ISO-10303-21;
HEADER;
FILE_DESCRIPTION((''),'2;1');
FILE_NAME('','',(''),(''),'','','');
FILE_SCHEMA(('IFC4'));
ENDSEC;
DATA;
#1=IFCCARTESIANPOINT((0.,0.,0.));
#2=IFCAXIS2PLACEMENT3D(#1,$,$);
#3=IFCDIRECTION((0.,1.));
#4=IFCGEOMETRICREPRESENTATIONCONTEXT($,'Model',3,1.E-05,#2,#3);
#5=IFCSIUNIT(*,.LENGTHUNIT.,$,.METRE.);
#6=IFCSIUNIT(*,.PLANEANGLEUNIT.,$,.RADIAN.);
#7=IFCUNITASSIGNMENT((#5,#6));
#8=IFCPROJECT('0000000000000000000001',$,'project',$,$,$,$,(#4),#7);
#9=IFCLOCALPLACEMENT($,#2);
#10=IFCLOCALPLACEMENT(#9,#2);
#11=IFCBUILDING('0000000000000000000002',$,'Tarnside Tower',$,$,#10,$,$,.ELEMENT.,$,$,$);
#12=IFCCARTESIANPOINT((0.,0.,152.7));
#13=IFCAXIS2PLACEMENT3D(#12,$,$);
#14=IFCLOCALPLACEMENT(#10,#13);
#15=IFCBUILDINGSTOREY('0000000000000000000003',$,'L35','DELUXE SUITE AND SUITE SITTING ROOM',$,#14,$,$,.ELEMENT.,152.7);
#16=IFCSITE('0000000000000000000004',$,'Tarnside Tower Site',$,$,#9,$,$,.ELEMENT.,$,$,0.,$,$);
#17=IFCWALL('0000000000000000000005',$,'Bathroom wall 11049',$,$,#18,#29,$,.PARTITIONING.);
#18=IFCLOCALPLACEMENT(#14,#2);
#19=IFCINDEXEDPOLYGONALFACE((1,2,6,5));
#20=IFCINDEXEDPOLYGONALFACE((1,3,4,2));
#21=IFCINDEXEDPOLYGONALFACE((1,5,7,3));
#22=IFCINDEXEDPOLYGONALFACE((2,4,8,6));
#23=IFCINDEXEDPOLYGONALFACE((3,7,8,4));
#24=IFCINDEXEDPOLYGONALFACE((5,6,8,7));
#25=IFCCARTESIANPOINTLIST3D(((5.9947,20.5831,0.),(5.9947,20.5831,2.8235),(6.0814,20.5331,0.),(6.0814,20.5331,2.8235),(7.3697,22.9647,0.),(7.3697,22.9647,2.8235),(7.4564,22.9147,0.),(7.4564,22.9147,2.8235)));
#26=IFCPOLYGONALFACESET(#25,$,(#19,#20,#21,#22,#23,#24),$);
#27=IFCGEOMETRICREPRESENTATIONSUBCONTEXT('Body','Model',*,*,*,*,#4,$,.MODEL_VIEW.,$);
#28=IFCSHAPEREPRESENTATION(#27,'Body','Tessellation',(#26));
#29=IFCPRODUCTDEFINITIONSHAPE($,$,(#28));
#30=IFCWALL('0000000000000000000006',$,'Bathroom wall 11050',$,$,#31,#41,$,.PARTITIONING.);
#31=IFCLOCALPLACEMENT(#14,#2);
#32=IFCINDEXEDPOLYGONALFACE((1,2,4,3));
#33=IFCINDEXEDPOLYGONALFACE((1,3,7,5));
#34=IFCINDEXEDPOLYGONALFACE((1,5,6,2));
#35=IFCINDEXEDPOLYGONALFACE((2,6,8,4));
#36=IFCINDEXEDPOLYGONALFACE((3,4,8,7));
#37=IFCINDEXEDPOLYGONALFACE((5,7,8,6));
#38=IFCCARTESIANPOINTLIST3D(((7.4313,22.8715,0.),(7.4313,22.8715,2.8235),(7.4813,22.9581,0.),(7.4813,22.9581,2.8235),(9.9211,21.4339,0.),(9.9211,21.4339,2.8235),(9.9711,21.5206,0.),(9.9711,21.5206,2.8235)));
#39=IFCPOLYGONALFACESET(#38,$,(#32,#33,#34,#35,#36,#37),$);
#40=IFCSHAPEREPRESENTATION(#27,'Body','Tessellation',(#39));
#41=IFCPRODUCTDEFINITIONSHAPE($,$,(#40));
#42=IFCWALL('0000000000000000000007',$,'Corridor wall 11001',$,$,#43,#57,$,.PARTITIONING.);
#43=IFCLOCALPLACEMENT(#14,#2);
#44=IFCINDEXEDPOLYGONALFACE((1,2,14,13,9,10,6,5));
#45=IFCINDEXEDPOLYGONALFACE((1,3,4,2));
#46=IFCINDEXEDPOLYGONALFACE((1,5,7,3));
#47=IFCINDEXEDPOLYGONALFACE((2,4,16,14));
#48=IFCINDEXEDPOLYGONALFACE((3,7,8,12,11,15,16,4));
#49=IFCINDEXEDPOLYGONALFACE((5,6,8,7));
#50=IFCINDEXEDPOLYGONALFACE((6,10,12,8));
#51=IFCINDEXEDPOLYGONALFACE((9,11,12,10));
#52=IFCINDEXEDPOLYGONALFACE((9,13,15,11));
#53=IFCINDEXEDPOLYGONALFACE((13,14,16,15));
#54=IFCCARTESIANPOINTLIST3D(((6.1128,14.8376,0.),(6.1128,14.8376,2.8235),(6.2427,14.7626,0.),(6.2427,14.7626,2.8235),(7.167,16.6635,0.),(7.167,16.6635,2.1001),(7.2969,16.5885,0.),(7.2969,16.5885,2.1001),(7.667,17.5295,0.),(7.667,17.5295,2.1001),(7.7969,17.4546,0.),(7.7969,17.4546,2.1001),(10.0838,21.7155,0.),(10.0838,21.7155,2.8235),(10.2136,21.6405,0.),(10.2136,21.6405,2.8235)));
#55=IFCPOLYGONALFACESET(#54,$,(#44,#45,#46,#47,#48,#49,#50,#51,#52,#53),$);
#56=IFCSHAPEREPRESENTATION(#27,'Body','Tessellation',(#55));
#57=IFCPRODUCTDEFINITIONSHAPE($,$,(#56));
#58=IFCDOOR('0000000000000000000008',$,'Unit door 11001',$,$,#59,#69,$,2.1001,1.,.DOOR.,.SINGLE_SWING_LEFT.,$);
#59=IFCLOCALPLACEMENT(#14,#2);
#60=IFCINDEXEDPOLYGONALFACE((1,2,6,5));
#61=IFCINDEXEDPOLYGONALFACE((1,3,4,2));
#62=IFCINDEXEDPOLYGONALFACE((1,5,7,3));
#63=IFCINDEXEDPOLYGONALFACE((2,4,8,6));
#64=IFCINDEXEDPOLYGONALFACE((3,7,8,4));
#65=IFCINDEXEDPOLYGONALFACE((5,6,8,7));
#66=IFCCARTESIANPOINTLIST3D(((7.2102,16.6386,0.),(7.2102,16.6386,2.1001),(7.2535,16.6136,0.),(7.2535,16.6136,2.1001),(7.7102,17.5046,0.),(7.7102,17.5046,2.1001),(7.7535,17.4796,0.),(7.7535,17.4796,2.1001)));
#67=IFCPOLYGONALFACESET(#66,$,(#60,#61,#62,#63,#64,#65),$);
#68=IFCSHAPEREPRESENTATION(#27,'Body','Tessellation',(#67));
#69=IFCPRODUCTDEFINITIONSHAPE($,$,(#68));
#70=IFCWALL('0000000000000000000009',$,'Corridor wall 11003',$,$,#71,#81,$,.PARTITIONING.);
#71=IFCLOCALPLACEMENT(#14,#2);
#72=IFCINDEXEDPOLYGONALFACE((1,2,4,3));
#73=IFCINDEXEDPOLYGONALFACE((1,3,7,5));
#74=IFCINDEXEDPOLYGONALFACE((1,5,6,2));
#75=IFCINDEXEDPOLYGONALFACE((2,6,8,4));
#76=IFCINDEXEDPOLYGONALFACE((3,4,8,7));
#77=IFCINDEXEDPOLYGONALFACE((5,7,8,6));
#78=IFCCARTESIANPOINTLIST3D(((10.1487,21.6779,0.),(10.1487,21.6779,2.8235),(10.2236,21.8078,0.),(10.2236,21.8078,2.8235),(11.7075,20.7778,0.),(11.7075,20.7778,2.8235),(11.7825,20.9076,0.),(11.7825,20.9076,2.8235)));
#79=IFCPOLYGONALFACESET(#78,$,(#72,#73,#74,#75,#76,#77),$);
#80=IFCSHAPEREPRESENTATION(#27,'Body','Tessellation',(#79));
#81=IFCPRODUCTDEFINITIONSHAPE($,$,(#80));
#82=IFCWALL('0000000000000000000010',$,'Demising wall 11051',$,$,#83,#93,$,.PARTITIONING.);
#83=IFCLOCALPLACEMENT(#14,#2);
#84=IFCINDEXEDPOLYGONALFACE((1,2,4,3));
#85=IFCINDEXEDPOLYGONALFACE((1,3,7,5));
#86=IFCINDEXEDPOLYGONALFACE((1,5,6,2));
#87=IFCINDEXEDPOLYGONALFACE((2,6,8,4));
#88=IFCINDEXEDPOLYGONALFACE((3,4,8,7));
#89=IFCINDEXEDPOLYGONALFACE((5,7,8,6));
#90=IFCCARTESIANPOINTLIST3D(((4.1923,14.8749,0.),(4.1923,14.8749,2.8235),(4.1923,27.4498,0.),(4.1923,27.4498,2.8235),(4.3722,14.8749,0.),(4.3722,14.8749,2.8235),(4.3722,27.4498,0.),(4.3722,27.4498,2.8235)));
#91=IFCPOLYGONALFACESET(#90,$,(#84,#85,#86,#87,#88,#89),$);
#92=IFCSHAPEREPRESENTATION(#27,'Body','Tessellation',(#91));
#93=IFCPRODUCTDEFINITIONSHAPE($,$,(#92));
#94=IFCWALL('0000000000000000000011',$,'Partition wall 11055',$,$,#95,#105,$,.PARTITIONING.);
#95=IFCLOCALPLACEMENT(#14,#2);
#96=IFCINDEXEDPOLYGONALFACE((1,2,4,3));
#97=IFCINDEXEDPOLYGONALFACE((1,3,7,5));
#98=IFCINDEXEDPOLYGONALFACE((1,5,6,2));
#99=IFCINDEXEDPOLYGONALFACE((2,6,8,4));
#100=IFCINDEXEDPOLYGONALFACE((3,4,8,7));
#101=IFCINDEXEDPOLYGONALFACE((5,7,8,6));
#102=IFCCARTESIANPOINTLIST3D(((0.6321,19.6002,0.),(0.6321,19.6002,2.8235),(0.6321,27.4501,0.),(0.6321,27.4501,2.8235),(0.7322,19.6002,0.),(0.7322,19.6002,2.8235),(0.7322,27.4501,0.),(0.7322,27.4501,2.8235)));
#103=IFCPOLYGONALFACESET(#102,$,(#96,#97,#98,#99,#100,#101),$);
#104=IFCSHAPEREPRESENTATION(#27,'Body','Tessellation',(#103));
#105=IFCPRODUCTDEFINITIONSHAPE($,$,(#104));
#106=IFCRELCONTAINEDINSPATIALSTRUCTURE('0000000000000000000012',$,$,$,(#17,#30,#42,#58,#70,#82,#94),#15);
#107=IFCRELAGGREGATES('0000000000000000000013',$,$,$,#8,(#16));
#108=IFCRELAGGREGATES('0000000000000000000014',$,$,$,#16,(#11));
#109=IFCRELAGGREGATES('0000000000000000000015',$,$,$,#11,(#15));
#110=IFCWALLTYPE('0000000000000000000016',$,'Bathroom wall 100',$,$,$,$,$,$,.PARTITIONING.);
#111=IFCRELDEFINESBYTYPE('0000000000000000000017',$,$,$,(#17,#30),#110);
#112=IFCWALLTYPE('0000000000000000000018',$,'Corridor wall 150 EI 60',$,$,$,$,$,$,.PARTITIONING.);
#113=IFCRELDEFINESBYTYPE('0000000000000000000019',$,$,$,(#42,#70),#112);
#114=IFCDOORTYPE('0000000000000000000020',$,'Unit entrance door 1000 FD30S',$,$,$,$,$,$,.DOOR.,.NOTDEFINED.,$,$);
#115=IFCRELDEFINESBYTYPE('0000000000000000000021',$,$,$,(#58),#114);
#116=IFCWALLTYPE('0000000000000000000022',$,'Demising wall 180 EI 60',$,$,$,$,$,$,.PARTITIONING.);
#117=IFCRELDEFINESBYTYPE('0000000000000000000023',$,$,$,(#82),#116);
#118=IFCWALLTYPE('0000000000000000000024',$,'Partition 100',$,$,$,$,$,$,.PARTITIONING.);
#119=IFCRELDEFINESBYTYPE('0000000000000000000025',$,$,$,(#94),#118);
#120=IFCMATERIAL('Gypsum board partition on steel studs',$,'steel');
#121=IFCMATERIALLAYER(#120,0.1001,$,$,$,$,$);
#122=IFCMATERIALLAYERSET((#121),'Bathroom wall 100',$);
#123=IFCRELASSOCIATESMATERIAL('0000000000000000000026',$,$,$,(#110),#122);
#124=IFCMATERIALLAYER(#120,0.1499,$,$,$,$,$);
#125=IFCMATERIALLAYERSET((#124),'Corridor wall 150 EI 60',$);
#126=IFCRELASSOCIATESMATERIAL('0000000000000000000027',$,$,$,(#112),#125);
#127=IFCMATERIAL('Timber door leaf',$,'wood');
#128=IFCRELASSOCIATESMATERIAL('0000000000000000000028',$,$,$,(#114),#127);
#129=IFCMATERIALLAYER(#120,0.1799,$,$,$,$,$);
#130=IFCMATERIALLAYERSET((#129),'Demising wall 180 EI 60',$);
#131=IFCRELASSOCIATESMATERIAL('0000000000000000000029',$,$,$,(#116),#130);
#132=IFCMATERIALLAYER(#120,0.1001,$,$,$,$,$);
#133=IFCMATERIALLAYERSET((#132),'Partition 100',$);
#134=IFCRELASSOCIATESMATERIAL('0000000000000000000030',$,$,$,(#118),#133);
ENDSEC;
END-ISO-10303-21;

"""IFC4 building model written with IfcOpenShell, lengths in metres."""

from ifc_helpers import new_model, si_unit, direction, frame, frame_2d, origin, place, context, subcontext, project, spatial, rectangle, extrude, material, layer, layer_set, type_object, element, fill, save


model = new_model("IFC4")

# Units and contexts
model_context = context("Model", 3, precision=1e-05, world=origin(), true_north=direction((0.0, 1.0)))
body_context = subcontext(model_context, "Body", "Model", "MODEL_VIEW")
ifc_project = project(units=[si_unit("LENGTHUNIT", "METRE"), si_unit("PLANEANGLEUNIT", "RADIAN")], contexts=[model_context])

# Site, building, storey
site_placement = place(None, origin())
site = spatial("IfcSite", under=ifc_project, at=site_placement, Name="Tarnside Tower Site", CompositionType="ELEMENT", RefElevation=0.0)
building_placement = place(site_placement, origin())
building = spatial("IfcBuilding", under=site, at=building_placement, Name="Tarnside Tower", CompositionType="ELEMENT")
storey_placement = place(building_placement, frame((0.0, 0.0, 152.7)))
storey = spatial("IfcBuildingStorey", under=building, at=storey_placement, Name="L35", Description="DELUXE SUITE AND SUITE SITTING ROOM", CompositionType="ELEMENT", Elevation=152.7)

# Walls
ifc_material_1 = material(Name="Gypsum board partition on steel studs", Category="steel")
ifc_layer_1 = layer(ifc_material_1, 0.1001)
ifc_layer_set_1 = layer_set([ifc_layer_1], Name="Bathroom wall 100")
wall_type_1 = type_object("IfcWallType", Name="Bathroom wall 100", PredefinedType="PARTITIONING", material=ifc_layer_set_1)
wall_1_placement = place(storey_placement, frame((6.0381, 20.5581, 0.0), z_axis=(0.0, 0.0, 1.0), x_axis=(0.499997, 0.866027, 0.0)))
element("IfcWall", 1, at=wall_1_placement, inside=storey, type_object=wall_type_1, Name="Bathroom wall 11049", PredefinedType="PARTITIONING", context=body_context, shape_type="SweptSolid", body=[
    extrude(rectangle(XDim=2.75, YDim=0.1001, at=frame_2d((1.375, 0.0))), origin(), (0.0, 0.0, 1.0), 2.8235),
])
wall_2_placement = place(storey_placement, frame((7.4563, 22.9148, 0.0), z_axis=(0.0, 0.0, 1.0), x_axis=(0.866019, -0.500012, 0.0)))
element("IfcWall", 2, at=wall_2_placement, inside=storey, type_object=wall_type_1, Name="Bathroom wall 11050", PredefinedType="PARTITIONING", context=body_context, shape_type="SweptSolid", body=[
    extrude(rectangle(XDim=2.875, YDim=0.1001, at=frame_2d((1.4375, 0.0))), origin(), (0.0, 0.0, 1.0), 2.8235),
])

# Wall, opening, door
ifc_layer_2 = layer(ifc_material_1, 0.1499)
ifc_layer_set_2 = layer_set([ifc_layer_2], Name="Corridor wall 150 EI 60")
wall_type_2 = type_object("IfcWallType", Name="Corridor wall 150 EI 60", PredefinedType="PARTITIONING", material=ifc_layer_set_2)
wall_3_placement = place(storey_placement, frame((10.1487, 21.678, 0.0), z_axis=(0.0, 0.0, 1.0), x_axis=(-0.499997, -0.866027, 0.0)))
wall_3 = element("IfcWall", 3, at=wall_3_placement, inside=storey, type_object=wall_type_2, Name="Corridor wall 11001", PredefinedType="PARTITIONING", context=body_context, shape_type="SweptSolid", body=[
    extrude(rectangle(XDim=7.9419, YDim=0.1499, at=frame_2d((3.9709, 0.0))), origin(), (0.0, 0.0, 1.0), 2.8235),
])
opening_1_placement = place(wall_3_placement, frame((4.8335, 0.0, 0.0)))
opening_1 = element("IfcOpeningElement", 4, at=opening_1_placement, cuts=wall_3, PredefinedType="OPENING", context=body_context, shape_type="SweptSolid", body=[
    extrude(rectangle(XDim=1.0, YDim=2.1001, at=frame_2d((0.5, 1.05))), frame((0.0, 0.085, 0.0), z_axis=(0.0, -1.0, 0.0), x_axis=(1.0, 0.0, 0.0)), (0.0, 0.0, 1.0), 0.1699),
])
ifc_material_2 = material(Name="Timber door leaf", Category="wood")
door_type = type_object("IfcDoorType", Name="Unit entrance door 1000 FD30S", OperationType="NOTDEFINED", PredefinedType="DOOR", material=ifc_material_2)
door_placement = place(opening_1_placement, origin())
door = element("IfcDoor", 5, at=door_placement, inside=storey, type_object=door_type, Name="Unit door 11001", OperationType="SINGLE_SWING_LEFT", OverallHeight=2.1001, OverallWidth=1.0, PredefinedType="DOOR", context=body_context, shape_type="SweptSolid", body=[
    extrude(rectangle(XDim=1.0, YDim=2.1001, at=frame_2d((0.5, 1.05))), frame((0.0, 0.0249, 0.0), z_axis=(0.0, -1.0, 0.0), x_axis=(1.0, 0.0, 0.0)), (0.0, 0.0, 1.0), 0.05),
])
fill(opening_1, door)

# Walls
wall_4_placement = place(storey_placement, frame((11.7449, 20.8428, 0.0), z_axis=(0.0, 0.0, 1.0), x_axis=(-0.865989, 0.500063, 0.0)))
element("IfcWall", 6, at=wall_4_placement, inside=storey, type_object=wall_type_2, Name="Corridor wall 11003", PredefinedType="PARTITIONING", context=body_context, shape_type="SweptSolid", body=[
    extrude(rectangle(XDim=1.8, YDim=0.1499, at=frame_2d((0.8999, 0.0))), origin(), (0.0, 0.0, 1.0), 2.8235),
])
ifc_layer_3 = layer(ifc_material_1, 0.1799)
ifc_layer_set_3 = layer_set([ifc_layer_3], Name="Demising wall 180 EI 60")
wall_type_3 = type_object("IfcWallType", Name="Demising wall 180 EI 60", PredefinedType="PARTITIONING", material=ifc_layer_set_3)
wall_5_placement = place(storey_placement, frame((4.2822, 27.45, 0.0), z_axis=(0.0, 0.0, 1.0), x_axis=(0.0, -1.0, 0.0)))
element("IfcWall", 7, at=wall_5_placement, inside=storey, type_object=wall_type_3, Name="Demising wall 11051", PredefinedType="PARTITIONING", context=body_context, shape_type="SweptSolid", body=[
    extrude(rectangle(XDim=12.575, YDim=0.1799, at=frame_2d((6.2876, 0.0))), origin(), (0.0, 0.0, 1.0), 2.8235),
])
ifc_layer_4 = layer(ifc_material_1, 0.1001)
ifc_layer_set_4 = layer_set([ifc_layer_4], Name="Partition 100")
wall_type_4 = type_object("IfcWallType", Name="Partition 100", PredefinedType="PARTITIONING", material=ifc_layer_set_4)
wall_6_placement = place(storey_placement, frame((0.6821, 27.45, 0.0), z_axis=(0.0, 0.0, 1.0), x_axis=(0.0, -1.0, 0.0)))
element("IfcWall", 8, at=wall_6_placement, inside=storey, type_object=wall_type_4, Name="Partition wall 11055", PredefinedType="PARTITIONING", context=body_context, shape_type="SweptSolid", body=[
    extrude(rectangle(XDim=7.8499, YDim=0.1001, at=frame_2d((3.9248, 0.0))), origin(), (0.0, 0.0, 1.0), 2.8235),
])

save(model, "model.ifc")
